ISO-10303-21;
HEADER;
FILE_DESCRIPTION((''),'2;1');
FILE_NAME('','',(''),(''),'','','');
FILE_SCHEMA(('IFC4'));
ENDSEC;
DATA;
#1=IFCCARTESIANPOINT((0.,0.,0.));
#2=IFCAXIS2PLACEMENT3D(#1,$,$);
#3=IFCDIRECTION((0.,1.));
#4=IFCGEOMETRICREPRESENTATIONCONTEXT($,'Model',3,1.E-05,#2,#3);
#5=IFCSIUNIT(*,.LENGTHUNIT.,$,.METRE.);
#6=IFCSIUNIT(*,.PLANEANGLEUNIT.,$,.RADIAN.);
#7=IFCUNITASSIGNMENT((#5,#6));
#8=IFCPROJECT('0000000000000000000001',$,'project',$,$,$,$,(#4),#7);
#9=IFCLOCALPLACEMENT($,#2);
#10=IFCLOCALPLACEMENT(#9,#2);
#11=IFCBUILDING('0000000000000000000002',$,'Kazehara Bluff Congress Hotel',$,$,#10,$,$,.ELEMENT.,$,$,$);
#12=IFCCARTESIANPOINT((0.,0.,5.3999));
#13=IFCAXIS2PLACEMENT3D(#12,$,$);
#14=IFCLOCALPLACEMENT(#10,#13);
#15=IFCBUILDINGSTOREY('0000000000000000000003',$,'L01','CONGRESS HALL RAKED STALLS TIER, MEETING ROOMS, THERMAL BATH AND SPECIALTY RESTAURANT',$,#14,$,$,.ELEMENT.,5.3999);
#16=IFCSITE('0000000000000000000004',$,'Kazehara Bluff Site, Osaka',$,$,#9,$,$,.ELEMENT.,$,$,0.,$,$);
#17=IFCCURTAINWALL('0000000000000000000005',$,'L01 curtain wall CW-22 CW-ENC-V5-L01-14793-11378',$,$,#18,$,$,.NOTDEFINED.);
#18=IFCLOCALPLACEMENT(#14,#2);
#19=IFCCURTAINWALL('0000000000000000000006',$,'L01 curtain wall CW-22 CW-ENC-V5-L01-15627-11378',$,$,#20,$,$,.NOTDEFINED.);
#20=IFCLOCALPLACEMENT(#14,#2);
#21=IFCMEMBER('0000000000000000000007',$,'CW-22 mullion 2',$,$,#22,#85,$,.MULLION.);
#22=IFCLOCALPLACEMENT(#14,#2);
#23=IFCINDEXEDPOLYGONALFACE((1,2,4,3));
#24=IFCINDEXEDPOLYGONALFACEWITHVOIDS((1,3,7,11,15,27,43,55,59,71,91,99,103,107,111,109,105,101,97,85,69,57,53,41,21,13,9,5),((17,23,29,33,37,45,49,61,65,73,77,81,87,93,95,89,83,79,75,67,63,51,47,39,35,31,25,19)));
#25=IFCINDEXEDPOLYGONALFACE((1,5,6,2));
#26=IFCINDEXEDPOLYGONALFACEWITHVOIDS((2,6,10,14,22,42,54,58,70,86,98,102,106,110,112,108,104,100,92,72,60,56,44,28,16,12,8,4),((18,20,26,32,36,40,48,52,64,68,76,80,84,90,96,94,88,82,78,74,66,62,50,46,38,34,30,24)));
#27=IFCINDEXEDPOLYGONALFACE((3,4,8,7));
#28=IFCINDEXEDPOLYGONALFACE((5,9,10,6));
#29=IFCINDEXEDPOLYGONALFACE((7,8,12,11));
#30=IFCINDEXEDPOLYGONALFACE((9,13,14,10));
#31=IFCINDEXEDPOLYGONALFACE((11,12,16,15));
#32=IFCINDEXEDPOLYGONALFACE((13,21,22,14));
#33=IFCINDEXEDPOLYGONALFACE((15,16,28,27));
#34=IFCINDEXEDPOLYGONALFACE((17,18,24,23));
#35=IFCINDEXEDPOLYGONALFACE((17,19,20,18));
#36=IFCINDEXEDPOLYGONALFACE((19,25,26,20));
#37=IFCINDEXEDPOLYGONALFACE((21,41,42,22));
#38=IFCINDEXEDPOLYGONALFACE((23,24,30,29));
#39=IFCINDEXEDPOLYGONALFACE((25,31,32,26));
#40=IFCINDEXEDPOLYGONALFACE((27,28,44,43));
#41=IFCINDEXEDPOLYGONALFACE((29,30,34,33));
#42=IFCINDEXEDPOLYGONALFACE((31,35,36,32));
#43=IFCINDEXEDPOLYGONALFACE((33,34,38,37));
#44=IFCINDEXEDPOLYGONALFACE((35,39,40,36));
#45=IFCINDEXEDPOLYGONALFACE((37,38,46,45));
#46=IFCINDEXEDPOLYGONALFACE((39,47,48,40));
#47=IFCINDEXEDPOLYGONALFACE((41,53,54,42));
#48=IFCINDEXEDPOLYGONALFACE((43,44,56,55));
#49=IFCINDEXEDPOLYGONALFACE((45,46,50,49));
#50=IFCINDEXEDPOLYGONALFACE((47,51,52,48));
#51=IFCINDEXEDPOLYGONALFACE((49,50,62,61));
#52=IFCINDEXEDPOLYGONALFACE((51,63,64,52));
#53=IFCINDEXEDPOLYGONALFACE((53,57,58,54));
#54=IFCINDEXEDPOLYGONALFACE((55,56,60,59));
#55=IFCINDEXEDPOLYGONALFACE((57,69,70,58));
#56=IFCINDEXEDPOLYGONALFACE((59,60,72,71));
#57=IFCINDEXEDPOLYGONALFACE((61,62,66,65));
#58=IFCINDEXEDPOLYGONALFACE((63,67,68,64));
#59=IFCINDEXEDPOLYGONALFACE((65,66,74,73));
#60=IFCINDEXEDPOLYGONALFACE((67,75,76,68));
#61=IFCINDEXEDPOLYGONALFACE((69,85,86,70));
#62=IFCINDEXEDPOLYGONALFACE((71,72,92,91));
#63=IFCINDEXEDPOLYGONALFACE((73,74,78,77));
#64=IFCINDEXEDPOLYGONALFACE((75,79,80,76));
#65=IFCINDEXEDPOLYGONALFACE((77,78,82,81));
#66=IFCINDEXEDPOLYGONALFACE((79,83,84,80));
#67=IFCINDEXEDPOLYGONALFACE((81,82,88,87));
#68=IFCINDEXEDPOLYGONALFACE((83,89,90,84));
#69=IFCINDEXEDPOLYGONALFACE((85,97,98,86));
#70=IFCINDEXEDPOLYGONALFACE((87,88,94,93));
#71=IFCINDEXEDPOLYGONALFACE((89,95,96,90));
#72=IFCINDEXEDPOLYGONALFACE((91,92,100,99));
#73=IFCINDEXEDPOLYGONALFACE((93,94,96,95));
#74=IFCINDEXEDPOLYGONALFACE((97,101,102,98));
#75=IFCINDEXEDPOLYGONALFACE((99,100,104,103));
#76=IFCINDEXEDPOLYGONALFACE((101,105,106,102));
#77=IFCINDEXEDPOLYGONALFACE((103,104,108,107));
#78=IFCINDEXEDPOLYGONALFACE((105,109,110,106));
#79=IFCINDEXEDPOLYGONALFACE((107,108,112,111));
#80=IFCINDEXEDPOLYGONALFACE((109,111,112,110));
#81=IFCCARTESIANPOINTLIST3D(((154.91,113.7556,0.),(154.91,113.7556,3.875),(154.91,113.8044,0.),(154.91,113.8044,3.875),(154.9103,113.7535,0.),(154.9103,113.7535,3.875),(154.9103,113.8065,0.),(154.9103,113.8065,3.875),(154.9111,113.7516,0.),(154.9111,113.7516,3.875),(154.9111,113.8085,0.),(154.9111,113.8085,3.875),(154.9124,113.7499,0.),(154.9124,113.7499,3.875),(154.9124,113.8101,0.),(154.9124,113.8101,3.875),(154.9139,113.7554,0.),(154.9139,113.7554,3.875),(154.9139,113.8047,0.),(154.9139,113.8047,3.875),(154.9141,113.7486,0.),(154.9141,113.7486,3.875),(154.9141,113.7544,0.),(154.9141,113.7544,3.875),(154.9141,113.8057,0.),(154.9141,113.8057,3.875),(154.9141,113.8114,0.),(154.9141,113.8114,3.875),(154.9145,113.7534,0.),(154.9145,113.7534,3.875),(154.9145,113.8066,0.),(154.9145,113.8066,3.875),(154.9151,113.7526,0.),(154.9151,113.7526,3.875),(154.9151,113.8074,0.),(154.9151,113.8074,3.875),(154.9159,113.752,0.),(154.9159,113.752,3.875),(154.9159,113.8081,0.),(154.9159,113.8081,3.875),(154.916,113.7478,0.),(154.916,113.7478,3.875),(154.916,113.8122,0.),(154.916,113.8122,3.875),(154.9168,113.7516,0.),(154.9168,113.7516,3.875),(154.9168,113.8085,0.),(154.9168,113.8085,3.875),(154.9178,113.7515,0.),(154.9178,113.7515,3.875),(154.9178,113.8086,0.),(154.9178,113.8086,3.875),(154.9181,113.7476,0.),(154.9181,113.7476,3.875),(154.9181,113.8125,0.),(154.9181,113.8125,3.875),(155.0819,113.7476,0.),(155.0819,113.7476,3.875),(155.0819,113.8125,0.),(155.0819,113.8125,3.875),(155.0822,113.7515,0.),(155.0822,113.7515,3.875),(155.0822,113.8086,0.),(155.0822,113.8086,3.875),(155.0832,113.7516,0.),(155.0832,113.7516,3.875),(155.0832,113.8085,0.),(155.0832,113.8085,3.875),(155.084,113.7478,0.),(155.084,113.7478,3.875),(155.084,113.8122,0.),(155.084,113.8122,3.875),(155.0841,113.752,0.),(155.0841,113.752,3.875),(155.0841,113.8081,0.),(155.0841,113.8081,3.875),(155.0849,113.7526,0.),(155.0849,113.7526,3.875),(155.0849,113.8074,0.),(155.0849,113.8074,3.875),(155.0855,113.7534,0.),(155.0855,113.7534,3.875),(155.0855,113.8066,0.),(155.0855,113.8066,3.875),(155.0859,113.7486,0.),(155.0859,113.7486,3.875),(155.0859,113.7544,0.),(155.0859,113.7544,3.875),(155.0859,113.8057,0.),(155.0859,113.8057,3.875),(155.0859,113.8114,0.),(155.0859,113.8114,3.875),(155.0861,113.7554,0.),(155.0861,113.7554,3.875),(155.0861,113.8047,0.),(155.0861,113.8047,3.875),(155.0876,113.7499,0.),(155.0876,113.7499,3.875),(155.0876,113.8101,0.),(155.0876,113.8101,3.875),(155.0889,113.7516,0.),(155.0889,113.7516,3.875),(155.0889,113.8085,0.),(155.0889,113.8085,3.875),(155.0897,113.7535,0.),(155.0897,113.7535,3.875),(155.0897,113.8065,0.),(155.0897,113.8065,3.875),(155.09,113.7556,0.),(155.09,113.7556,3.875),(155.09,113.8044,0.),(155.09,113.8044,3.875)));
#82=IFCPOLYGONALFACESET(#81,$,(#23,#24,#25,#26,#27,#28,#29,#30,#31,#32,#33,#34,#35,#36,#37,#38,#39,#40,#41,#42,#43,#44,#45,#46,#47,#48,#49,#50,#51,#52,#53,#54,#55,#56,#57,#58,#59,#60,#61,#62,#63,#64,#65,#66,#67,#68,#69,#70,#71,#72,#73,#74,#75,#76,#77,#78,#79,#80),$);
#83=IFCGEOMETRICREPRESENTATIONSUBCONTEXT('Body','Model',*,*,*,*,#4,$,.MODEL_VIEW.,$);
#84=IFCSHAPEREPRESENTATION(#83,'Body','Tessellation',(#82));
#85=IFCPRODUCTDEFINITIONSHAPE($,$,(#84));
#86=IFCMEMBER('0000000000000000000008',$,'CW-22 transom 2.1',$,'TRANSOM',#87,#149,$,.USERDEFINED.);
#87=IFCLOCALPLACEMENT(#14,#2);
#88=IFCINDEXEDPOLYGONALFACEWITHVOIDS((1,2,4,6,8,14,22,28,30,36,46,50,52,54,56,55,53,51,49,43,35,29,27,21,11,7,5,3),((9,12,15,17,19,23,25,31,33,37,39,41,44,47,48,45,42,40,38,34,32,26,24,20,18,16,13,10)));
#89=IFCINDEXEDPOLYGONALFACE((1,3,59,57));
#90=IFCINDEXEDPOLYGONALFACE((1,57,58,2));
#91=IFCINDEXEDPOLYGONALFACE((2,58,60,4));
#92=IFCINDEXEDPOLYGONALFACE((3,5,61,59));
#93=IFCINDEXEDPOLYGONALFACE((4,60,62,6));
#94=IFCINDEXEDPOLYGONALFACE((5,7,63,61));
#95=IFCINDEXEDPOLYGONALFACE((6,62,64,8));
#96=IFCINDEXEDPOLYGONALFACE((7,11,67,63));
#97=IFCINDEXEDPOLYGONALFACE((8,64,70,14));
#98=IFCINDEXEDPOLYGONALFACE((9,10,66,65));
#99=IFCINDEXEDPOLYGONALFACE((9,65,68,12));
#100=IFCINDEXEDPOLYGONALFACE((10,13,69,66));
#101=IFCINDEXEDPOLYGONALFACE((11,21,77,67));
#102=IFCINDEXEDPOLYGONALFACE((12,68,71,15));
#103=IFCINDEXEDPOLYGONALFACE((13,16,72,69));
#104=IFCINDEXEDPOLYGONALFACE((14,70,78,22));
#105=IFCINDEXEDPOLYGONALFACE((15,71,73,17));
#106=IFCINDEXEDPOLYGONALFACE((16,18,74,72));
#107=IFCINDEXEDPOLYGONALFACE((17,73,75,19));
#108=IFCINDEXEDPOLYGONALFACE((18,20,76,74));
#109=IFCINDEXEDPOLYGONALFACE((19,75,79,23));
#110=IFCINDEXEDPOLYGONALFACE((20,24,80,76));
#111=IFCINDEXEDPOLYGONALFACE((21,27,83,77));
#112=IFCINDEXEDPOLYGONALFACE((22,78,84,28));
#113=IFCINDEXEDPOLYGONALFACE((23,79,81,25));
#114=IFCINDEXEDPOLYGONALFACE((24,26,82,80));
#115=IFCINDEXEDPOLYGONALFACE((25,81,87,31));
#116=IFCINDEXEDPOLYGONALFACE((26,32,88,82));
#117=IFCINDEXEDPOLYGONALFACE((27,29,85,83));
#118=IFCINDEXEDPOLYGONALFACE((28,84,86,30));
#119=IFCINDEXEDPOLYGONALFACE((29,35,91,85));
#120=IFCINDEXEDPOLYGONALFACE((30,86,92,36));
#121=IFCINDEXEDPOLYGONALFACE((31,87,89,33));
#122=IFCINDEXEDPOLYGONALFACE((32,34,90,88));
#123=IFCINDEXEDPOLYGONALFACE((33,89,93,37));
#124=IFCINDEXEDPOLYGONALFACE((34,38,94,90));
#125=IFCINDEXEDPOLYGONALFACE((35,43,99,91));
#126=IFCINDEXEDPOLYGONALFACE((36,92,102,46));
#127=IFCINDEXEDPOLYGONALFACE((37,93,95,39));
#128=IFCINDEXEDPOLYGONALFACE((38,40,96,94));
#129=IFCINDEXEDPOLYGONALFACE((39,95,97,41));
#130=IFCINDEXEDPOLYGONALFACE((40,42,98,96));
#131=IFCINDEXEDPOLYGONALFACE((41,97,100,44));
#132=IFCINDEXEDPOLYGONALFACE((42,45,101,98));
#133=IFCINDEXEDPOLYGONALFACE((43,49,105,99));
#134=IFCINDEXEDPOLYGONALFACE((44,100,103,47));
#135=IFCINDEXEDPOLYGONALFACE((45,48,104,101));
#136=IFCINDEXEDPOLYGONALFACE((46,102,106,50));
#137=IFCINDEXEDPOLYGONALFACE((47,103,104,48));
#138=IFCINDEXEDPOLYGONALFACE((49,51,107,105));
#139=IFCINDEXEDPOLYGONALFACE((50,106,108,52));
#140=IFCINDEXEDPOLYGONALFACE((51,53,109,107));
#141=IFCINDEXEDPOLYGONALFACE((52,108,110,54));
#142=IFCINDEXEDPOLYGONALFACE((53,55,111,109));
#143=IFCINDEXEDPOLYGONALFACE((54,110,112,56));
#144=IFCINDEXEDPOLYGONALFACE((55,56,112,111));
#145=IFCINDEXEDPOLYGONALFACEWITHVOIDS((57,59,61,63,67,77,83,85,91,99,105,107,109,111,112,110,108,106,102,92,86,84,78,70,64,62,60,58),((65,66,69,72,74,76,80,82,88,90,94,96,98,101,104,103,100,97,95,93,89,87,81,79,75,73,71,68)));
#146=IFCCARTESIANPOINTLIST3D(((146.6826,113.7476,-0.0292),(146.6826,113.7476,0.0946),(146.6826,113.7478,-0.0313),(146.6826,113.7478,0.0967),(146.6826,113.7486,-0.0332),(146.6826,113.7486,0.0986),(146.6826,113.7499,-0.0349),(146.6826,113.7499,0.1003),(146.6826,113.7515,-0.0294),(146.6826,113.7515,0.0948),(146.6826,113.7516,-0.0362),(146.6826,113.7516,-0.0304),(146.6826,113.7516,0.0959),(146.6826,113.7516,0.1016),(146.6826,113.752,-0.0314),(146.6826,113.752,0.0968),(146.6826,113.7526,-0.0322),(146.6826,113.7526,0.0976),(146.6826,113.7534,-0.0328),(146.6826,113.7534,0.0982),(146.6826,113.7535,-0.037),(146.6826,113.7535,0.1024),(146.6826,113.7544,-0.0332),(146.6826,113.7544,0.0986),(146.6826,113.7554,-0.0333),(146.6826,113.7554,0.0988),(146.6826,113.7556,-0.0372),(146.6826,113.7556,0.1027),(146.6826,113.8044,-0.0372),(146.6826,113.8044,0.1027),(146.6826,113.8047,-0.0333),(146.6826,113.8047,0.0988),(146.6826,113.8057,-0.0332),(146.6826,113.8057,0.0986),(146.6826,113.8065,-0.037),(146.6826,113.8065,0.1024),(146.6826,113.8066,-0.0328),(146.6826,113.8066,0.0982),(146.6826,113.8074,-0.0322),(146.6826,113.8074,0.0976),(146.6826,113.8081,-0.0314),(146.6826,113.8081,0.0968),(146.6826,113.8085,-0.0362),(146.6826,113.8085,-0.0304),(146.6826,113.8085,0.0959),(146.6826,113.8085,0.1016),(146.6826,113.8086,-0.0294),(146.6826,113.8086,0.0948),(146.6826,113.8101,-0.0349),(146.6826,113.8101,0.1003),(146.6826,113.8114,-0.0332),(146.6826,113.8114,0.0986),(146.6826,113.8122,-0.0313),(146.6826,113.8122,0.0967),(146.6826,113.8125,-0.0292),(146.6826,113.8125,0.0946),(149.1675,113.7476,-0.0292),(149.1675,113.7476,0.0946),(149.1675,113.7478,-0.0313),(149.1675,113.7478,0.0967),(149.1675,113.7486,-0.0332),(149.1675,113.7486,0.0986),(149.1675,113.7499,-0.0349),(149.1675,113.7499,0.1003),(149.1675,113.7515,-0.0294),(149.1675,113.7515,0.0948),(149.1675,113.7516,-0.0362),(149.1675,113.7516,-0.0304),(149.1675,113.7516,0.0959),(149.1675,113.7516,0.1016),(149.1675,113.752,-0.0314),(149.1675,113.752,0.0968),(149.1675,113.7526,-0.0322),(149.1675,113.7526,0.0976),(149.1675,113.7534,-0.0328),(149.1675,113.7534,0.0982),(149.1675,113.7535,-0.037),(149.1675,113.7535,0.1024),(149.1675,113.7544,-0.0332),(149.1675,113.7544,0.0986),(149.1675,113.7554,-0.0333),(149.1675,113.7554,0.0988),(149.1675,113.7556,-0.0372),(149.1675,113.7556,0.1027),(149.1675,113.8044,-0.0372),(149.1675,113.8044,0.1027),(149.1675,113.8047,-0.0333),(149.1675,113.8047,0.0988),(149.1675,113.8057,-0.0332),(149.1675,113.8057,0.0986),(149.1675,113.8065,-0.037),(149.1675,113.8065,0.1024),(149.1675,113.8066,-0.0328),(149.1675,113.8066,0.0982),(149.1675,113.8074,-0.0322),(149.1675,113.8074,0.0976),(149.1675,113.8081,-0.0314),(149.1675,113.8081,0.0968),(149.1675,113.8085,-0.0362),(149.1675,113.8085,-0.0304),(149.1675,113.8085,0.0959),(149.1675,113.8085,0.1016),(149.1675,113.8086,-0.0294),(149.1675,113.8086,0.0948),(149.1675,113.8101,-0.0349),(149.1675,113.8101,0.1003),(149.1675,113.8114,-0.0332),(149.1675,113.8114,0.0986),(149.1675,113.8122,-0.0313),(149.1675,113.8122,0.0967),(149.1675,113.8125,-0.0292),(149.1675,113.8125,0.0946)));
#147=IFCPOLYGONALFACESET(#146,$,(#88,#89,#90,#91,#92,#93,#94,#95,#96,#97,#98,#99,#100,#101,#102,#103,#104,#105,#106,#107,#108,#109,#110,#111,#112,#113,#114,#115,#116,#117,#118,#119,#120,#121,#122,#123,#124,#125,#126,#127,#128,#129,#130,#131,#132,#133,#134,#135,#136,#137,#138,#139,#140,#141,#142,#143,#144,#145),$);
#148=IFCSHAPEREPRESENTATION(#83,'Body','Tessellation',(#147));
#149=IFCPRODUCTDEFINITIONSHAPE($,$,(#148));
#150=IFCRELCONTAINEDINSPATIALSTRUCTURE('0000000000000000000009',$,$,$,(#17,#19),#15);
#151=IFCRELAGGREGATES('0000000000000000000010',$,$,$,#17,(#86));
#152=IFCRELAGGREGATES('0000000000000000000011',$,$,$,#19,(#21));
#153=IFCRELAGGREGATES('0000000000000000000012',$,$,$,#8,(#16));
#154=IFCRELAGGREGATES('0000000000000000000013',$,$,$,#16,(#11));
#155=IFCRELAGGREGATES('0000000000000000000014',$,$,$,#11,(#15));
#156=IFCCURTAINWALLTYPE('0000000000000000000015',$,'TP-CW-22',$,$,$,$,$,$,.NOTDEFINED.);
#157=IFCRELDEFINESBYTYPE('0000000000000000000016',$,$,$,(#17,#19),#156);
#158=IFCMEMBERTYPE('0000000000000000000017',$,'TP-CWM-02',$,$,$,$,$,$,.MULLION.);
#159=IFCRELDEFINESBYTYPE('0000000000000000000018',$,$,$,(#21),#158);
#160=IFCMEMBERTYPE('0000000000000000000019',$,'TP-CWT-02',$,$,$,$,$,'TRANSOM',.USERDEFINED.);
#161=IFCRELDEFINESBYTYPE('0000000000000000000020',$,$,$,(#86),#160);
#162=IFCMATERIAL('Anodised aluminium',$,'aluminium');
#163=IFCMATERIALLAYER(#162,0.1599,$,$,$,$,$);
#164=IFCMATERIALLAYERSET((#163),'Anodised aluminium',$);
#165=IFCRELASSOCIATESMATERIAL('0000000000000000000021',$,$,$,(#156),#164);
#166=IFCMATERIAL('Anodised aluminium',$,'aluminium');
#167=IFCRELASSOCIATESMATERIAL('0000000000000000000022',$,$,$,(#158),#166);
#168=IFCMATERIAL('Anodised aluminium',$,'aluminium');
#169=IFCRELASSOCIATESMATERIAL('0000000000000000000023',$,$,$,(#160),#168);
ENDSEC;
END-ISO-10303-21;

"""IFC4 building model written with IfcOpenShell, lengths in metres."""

from ifc_helpers import new_model, si_unit, direction, frame, origin, origin_2d, place, context, subcontext, project, spatial, hollow_rectangle, extrude, material, layer, layer_set, material_profile, profile_set, type_object, element, aggregate, save


model = new_model("IFC4")

# Units and contexts
model_context = context("Model", 3, precision=1e-05, world=origin(), true_north=direction((0.0, 1.0)))
body_context = subcontext(model_context, "Body", "Model", "MODEL_VIEW")
ifc_project = project(units=[si_unit("LENGTHUNIT", "METRE"), si_unit("PLANEANGLEUNIT", "RADIAN")], contexts=[model_context])

# Site, building, storey
site_placement = place(None, origin())
site = spatial("IfcSite", under=ifc_project, at=site_placement, Name="Kazehara Bluff Site, Osaka", CompositionType="ELEMENT", RefElevation=0.0)
building_placement = place(site_placement, origin())
building = spatial("IfcBuilding", under=site, at=building_placement, Name="Kazehara Bluff Congress Hotel", CompositionType="ELEMENT")
storey_placement = place(building_placement, frame((0.0, 0.0, 5.3999)))
storey = spatial("IfcBuildingStorey", under=building, at=storey_placement, Name="L01", Description="CONGRESS HALL RAKED STALLS TIER, MEETING ROOMS, THERMAL BATH AND SPECIALTY RESTAURANT", CompositionType="ELEMENT", Elevation=5.3999)

# Curtain walls, member
ifc_material_1 = material(Name="Anodised aluminium", Category="aluminium")
ifc_layer_1 = layer(ifc_material_1, 0.1599)
ifc_layer_set_1 = layer_set([ifc_layer_1], Name="Anodised aluminium")
curtain_wall_type = type_object("IfcCurtainWallType", Name="TP-CW-22", PredefinedType="NOTDEFINED", material=ifc_layer_set_1)
curtain_wall_1_placement = place(storey_placement, origin())
curtain_wall_1 = element("IfcCurtainWall", 1, at=curtain_wall_1_placement, inside=storey, type_object=curtain_wall_type, Name="L01 curtain wall CW-22 CW-ENC-V5-L01-14793-11378", PredefinedType="NOTDEFINED")
ifc_material_2 = material(Name="Anodised aluminium", Category="aluminium")
ifc_material_profile_1 = material_profile(ifc_material_2, hollow_rectangle(XDim=0.0649, YDim=0.1799, WallThickness=0.0039, InnerFilletRadius=0.0039, OuterFilletRadius=0.0081, at=origin_2d()))
ifc_profile_set_1 = profile_set([ifc_material_profile_1], Name="Anodised aluminium")
member_type_1 = type_object("IfcMemberType", Name="TP-CWM-02", PredefinedType="MULLION", material=ifc_profile_set_1)
curtain_wall_2_placement = place(storey_placement, origin())
curtain_wall_2 = element("IfcCurtainWall", 2, at=curtain_wall_2_placement, inside=storey, type_object=curtain_wall_type, Name="L01 curtain wall CW-22 CW-ENC-V5-L01-15627-11378", PredefinedType="NOTDEFINED")
member_1_placement = place(storey_placement, frame((155.0, 113.78, 0.0), z_axis=(0.0, 0.0, 1.0), x_axis=(0.0, 1.0, 0.0)))
member_1 = element("IfcMember", 3, at=member_1_placement, type_object=member_type_1, Name="CW-22 mullion 2", PredefinedType="MULLION", context=body_context, shape_type="SweptSolid", body=[
    extrude(hollow_rectangle(XDim=0.0649, YDim=0.1799, WallThickness=0.0039, InnerFilletRadius=0.0039, OuterFilletRadius=0.0081, at=origin_2d()), origin(), (0.0, 0.0, 1.0), 3.875),
])

# Member
ifc_material_3 = material(Name="Anodised aluminium", Category="aluminium")
ifc_material_profile_2 = material_profile(ifc_material_3, hollow_rectangle(XDim=0.0649, YDim=0.1399, WallThickness=0.0039, InnerFilletRadius=0.0039, OuterFilletRadius=0.0081, at=origin_2d()))
ifc_profile_set_2 = profile_set([ifc_material_profile_2], Name="Anodised aluminium")
member_type_2 = type_object("IfcMemberType", Name="TP-CWT-02", ElementType="TRANSOM", PredefinedType="USERDEFINED", material=ifc_profile_set_2)
member_2_placement = place(storey_placement, frame((146.6826, 113.78, 0.0327), z_axis=(1.0, 0.0, 0.0), x_axis=(0.0, 1.0, 0.0)))
member_2 = element("IfcMember", 4, at=member_2_placement, type_object=member_type_2, Name="CW-22 transom 2.1", ObjectType="TRANSOM", PredefinedType="USERDEFINED", context=body_context, shape_type="SweptSolid", body=[
    extrude(hollow_rectangle(XDim=0.0649, YDim=0.1399, WallThickness=0.0039, InnerFilletRadius=0.0039, OuterFilletRadius=0.0081, at=origin_2d()), origin(), (0.0, 0.0, 1.0), 2.4849),
])

aggregate(curtain_wall_1, [member_2])
aggregate(curtain_wall_2, [member_1])

save(model, "model.ifc")
